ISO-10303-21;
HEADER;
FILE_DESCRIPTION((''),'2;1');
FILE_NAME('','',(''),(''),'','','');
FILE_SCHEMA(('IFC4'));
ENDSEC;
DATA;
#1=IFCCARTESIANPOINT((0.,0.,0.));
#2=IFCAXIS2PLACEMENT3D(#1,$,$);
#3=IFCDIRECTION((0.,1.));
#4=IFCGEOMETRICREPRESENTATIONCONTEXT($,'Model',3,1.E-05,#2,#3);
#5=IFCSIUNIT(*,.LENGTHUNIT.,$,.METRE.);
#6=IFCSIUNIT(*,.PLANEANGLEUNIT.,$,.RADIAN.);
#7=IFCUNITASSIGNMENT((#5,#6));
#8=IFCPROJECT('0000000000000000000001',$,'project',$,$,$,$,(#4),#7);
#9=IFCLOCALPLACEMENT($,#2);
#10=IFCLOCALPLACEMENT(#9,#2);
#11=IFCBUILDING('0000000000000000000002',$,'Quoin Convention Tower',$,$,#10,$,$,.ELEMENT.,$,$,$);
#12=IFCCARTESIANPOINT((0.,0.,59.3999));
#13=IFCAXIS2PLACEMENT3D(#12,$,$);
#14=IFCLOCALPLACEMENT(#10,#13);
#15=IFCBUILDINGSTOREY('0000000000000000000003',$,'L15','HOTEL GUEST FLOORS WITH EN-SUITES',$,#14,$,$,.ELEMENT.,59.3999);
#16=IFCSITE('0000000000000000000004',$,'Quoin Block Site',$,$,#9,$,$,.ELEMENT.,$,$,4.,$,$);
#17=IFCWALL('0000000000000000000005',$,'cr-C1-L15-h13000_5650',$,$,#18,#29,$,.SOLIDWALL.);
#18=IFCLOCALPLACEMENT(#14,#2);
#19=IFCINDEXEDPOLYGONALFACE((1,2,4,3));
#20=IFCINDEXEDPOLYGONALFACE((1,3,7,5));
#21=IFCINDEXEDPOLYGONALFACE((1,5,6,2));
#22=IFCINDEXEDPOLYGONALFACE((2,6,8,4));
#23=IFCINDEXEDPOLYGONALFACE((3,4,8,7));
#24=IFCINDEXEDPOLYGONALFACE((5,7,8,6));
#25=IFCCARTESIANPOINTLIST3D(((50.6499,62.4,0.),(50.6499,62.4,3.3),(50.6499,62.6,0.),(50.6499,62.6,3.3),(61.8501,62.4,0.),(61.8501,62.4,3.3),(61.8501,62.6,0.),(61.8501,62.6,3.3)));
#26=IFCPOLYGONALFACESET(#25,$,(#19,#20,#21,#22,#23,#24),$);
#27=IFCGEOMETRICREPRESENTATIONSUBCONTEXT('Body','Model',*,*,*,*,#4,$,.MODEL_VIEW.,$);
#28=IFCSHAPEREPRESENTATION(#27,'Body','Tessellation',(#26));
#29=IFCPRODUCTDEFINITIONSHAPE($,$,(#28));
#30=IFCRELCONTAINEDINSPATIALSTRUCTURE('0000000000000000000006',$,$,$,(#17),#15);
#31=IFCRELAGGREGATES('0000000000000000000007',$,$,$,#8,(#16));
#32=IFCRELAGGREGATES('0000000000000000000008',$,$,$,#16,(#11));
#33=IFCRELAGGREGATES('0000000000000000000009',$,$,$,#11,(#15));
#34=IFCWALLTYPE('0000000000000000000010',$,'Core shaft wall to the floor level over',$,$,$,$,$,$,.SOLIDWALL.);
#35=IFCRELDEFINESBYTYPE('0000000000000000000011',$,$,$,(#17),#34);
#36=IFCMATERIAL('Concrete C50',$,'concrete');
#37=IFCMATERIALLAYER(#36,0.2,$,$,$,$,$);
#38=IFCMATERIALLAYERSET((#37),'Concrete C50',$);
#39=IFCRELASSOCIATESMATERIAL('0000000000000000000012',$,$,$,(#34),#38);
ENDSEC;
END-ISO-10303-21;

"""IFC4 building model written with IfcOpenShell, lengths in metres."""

from ifc_helpers import new_model, si_unit, direction, frame, frame_2d, origin, place, context, subcontext, project, spatial, rectangle, extrude, material, layer, layer_set, type_object, element, save


model = new_model("IFC4")

# Units and contexts
model_context = context("Model", 3, precision=1e-05, world=origin(), true_north=direction((0.0, 1.0)))
body_context = subcontext(model_context, "Body", "Model", "MODEL_VIEW")
ifc_project = project(units=[si_unit("LENGTHUNIT", "METRE"), si_unit("PLANEANGLEUNIT", "RADIAN")], contexts=[model_context])

# Site, building, storey
site_placement = place(None, origin())
site = spatial("IfcSite", under=ifc_project, at=site_placement, Name="Quoin Block Site", CompositionType="ELEMENT", RefElevation=4.0)
building_placement = place(site_placement, origin())
building = spatial("IfcBuilding", under=site, at=building_placement, Name="Quoin Convention Tower", CompositionType="ELEMENT")
storey_placement = place(building_placement, frame((0.0, 0.0, 59.3999)))
storey = spatial("IfcBuildingStorey", under=building, at=storey_placement, Name="L15", Description="HOTEL GUEST FLOORS WITH EN-SUITES", CompositionType="ELEMENT", Elevation=59.3999)

# Shared definitions
ifc_material_1 = material(Name="Concrete C50", Category="concrete")

# Wall
ifc_layer_1 = layer(ifc_material_1, 0.2)
ifc_layer_set_1 = layer_set([ifc_layer_1], Name="Concrete C50")
wall_type_1 = type_object("IfcWallType", Name="Core shaft wall to the floor level over", PredefinedType="SOLIDWALL", material=ifc_layer_set_1)
wall_1_placement = place(storey_placement, frame((50.6499, 62.5, 0.0), z_axis=(0.0, 0.0, 1.0), x_axis=(1.0, 0.0, 0.0)))
element("IfcWall", 1, at=wall_1_placement, inside=storey, type_object=wall_type_1, Name="cr-C1-L15-h13000_5650", PredefinedType="SOLIDWALL", context=body_context, shape_type="SweptSolid", body=[
    extrude(rectangle(XDim=11.2002, YDim=0.2, at=frame_2d((5.6001, 0.0))), origin(), (0.0, 0.0, 1.0), 3.3),
])

save(model, "model.ifc")
